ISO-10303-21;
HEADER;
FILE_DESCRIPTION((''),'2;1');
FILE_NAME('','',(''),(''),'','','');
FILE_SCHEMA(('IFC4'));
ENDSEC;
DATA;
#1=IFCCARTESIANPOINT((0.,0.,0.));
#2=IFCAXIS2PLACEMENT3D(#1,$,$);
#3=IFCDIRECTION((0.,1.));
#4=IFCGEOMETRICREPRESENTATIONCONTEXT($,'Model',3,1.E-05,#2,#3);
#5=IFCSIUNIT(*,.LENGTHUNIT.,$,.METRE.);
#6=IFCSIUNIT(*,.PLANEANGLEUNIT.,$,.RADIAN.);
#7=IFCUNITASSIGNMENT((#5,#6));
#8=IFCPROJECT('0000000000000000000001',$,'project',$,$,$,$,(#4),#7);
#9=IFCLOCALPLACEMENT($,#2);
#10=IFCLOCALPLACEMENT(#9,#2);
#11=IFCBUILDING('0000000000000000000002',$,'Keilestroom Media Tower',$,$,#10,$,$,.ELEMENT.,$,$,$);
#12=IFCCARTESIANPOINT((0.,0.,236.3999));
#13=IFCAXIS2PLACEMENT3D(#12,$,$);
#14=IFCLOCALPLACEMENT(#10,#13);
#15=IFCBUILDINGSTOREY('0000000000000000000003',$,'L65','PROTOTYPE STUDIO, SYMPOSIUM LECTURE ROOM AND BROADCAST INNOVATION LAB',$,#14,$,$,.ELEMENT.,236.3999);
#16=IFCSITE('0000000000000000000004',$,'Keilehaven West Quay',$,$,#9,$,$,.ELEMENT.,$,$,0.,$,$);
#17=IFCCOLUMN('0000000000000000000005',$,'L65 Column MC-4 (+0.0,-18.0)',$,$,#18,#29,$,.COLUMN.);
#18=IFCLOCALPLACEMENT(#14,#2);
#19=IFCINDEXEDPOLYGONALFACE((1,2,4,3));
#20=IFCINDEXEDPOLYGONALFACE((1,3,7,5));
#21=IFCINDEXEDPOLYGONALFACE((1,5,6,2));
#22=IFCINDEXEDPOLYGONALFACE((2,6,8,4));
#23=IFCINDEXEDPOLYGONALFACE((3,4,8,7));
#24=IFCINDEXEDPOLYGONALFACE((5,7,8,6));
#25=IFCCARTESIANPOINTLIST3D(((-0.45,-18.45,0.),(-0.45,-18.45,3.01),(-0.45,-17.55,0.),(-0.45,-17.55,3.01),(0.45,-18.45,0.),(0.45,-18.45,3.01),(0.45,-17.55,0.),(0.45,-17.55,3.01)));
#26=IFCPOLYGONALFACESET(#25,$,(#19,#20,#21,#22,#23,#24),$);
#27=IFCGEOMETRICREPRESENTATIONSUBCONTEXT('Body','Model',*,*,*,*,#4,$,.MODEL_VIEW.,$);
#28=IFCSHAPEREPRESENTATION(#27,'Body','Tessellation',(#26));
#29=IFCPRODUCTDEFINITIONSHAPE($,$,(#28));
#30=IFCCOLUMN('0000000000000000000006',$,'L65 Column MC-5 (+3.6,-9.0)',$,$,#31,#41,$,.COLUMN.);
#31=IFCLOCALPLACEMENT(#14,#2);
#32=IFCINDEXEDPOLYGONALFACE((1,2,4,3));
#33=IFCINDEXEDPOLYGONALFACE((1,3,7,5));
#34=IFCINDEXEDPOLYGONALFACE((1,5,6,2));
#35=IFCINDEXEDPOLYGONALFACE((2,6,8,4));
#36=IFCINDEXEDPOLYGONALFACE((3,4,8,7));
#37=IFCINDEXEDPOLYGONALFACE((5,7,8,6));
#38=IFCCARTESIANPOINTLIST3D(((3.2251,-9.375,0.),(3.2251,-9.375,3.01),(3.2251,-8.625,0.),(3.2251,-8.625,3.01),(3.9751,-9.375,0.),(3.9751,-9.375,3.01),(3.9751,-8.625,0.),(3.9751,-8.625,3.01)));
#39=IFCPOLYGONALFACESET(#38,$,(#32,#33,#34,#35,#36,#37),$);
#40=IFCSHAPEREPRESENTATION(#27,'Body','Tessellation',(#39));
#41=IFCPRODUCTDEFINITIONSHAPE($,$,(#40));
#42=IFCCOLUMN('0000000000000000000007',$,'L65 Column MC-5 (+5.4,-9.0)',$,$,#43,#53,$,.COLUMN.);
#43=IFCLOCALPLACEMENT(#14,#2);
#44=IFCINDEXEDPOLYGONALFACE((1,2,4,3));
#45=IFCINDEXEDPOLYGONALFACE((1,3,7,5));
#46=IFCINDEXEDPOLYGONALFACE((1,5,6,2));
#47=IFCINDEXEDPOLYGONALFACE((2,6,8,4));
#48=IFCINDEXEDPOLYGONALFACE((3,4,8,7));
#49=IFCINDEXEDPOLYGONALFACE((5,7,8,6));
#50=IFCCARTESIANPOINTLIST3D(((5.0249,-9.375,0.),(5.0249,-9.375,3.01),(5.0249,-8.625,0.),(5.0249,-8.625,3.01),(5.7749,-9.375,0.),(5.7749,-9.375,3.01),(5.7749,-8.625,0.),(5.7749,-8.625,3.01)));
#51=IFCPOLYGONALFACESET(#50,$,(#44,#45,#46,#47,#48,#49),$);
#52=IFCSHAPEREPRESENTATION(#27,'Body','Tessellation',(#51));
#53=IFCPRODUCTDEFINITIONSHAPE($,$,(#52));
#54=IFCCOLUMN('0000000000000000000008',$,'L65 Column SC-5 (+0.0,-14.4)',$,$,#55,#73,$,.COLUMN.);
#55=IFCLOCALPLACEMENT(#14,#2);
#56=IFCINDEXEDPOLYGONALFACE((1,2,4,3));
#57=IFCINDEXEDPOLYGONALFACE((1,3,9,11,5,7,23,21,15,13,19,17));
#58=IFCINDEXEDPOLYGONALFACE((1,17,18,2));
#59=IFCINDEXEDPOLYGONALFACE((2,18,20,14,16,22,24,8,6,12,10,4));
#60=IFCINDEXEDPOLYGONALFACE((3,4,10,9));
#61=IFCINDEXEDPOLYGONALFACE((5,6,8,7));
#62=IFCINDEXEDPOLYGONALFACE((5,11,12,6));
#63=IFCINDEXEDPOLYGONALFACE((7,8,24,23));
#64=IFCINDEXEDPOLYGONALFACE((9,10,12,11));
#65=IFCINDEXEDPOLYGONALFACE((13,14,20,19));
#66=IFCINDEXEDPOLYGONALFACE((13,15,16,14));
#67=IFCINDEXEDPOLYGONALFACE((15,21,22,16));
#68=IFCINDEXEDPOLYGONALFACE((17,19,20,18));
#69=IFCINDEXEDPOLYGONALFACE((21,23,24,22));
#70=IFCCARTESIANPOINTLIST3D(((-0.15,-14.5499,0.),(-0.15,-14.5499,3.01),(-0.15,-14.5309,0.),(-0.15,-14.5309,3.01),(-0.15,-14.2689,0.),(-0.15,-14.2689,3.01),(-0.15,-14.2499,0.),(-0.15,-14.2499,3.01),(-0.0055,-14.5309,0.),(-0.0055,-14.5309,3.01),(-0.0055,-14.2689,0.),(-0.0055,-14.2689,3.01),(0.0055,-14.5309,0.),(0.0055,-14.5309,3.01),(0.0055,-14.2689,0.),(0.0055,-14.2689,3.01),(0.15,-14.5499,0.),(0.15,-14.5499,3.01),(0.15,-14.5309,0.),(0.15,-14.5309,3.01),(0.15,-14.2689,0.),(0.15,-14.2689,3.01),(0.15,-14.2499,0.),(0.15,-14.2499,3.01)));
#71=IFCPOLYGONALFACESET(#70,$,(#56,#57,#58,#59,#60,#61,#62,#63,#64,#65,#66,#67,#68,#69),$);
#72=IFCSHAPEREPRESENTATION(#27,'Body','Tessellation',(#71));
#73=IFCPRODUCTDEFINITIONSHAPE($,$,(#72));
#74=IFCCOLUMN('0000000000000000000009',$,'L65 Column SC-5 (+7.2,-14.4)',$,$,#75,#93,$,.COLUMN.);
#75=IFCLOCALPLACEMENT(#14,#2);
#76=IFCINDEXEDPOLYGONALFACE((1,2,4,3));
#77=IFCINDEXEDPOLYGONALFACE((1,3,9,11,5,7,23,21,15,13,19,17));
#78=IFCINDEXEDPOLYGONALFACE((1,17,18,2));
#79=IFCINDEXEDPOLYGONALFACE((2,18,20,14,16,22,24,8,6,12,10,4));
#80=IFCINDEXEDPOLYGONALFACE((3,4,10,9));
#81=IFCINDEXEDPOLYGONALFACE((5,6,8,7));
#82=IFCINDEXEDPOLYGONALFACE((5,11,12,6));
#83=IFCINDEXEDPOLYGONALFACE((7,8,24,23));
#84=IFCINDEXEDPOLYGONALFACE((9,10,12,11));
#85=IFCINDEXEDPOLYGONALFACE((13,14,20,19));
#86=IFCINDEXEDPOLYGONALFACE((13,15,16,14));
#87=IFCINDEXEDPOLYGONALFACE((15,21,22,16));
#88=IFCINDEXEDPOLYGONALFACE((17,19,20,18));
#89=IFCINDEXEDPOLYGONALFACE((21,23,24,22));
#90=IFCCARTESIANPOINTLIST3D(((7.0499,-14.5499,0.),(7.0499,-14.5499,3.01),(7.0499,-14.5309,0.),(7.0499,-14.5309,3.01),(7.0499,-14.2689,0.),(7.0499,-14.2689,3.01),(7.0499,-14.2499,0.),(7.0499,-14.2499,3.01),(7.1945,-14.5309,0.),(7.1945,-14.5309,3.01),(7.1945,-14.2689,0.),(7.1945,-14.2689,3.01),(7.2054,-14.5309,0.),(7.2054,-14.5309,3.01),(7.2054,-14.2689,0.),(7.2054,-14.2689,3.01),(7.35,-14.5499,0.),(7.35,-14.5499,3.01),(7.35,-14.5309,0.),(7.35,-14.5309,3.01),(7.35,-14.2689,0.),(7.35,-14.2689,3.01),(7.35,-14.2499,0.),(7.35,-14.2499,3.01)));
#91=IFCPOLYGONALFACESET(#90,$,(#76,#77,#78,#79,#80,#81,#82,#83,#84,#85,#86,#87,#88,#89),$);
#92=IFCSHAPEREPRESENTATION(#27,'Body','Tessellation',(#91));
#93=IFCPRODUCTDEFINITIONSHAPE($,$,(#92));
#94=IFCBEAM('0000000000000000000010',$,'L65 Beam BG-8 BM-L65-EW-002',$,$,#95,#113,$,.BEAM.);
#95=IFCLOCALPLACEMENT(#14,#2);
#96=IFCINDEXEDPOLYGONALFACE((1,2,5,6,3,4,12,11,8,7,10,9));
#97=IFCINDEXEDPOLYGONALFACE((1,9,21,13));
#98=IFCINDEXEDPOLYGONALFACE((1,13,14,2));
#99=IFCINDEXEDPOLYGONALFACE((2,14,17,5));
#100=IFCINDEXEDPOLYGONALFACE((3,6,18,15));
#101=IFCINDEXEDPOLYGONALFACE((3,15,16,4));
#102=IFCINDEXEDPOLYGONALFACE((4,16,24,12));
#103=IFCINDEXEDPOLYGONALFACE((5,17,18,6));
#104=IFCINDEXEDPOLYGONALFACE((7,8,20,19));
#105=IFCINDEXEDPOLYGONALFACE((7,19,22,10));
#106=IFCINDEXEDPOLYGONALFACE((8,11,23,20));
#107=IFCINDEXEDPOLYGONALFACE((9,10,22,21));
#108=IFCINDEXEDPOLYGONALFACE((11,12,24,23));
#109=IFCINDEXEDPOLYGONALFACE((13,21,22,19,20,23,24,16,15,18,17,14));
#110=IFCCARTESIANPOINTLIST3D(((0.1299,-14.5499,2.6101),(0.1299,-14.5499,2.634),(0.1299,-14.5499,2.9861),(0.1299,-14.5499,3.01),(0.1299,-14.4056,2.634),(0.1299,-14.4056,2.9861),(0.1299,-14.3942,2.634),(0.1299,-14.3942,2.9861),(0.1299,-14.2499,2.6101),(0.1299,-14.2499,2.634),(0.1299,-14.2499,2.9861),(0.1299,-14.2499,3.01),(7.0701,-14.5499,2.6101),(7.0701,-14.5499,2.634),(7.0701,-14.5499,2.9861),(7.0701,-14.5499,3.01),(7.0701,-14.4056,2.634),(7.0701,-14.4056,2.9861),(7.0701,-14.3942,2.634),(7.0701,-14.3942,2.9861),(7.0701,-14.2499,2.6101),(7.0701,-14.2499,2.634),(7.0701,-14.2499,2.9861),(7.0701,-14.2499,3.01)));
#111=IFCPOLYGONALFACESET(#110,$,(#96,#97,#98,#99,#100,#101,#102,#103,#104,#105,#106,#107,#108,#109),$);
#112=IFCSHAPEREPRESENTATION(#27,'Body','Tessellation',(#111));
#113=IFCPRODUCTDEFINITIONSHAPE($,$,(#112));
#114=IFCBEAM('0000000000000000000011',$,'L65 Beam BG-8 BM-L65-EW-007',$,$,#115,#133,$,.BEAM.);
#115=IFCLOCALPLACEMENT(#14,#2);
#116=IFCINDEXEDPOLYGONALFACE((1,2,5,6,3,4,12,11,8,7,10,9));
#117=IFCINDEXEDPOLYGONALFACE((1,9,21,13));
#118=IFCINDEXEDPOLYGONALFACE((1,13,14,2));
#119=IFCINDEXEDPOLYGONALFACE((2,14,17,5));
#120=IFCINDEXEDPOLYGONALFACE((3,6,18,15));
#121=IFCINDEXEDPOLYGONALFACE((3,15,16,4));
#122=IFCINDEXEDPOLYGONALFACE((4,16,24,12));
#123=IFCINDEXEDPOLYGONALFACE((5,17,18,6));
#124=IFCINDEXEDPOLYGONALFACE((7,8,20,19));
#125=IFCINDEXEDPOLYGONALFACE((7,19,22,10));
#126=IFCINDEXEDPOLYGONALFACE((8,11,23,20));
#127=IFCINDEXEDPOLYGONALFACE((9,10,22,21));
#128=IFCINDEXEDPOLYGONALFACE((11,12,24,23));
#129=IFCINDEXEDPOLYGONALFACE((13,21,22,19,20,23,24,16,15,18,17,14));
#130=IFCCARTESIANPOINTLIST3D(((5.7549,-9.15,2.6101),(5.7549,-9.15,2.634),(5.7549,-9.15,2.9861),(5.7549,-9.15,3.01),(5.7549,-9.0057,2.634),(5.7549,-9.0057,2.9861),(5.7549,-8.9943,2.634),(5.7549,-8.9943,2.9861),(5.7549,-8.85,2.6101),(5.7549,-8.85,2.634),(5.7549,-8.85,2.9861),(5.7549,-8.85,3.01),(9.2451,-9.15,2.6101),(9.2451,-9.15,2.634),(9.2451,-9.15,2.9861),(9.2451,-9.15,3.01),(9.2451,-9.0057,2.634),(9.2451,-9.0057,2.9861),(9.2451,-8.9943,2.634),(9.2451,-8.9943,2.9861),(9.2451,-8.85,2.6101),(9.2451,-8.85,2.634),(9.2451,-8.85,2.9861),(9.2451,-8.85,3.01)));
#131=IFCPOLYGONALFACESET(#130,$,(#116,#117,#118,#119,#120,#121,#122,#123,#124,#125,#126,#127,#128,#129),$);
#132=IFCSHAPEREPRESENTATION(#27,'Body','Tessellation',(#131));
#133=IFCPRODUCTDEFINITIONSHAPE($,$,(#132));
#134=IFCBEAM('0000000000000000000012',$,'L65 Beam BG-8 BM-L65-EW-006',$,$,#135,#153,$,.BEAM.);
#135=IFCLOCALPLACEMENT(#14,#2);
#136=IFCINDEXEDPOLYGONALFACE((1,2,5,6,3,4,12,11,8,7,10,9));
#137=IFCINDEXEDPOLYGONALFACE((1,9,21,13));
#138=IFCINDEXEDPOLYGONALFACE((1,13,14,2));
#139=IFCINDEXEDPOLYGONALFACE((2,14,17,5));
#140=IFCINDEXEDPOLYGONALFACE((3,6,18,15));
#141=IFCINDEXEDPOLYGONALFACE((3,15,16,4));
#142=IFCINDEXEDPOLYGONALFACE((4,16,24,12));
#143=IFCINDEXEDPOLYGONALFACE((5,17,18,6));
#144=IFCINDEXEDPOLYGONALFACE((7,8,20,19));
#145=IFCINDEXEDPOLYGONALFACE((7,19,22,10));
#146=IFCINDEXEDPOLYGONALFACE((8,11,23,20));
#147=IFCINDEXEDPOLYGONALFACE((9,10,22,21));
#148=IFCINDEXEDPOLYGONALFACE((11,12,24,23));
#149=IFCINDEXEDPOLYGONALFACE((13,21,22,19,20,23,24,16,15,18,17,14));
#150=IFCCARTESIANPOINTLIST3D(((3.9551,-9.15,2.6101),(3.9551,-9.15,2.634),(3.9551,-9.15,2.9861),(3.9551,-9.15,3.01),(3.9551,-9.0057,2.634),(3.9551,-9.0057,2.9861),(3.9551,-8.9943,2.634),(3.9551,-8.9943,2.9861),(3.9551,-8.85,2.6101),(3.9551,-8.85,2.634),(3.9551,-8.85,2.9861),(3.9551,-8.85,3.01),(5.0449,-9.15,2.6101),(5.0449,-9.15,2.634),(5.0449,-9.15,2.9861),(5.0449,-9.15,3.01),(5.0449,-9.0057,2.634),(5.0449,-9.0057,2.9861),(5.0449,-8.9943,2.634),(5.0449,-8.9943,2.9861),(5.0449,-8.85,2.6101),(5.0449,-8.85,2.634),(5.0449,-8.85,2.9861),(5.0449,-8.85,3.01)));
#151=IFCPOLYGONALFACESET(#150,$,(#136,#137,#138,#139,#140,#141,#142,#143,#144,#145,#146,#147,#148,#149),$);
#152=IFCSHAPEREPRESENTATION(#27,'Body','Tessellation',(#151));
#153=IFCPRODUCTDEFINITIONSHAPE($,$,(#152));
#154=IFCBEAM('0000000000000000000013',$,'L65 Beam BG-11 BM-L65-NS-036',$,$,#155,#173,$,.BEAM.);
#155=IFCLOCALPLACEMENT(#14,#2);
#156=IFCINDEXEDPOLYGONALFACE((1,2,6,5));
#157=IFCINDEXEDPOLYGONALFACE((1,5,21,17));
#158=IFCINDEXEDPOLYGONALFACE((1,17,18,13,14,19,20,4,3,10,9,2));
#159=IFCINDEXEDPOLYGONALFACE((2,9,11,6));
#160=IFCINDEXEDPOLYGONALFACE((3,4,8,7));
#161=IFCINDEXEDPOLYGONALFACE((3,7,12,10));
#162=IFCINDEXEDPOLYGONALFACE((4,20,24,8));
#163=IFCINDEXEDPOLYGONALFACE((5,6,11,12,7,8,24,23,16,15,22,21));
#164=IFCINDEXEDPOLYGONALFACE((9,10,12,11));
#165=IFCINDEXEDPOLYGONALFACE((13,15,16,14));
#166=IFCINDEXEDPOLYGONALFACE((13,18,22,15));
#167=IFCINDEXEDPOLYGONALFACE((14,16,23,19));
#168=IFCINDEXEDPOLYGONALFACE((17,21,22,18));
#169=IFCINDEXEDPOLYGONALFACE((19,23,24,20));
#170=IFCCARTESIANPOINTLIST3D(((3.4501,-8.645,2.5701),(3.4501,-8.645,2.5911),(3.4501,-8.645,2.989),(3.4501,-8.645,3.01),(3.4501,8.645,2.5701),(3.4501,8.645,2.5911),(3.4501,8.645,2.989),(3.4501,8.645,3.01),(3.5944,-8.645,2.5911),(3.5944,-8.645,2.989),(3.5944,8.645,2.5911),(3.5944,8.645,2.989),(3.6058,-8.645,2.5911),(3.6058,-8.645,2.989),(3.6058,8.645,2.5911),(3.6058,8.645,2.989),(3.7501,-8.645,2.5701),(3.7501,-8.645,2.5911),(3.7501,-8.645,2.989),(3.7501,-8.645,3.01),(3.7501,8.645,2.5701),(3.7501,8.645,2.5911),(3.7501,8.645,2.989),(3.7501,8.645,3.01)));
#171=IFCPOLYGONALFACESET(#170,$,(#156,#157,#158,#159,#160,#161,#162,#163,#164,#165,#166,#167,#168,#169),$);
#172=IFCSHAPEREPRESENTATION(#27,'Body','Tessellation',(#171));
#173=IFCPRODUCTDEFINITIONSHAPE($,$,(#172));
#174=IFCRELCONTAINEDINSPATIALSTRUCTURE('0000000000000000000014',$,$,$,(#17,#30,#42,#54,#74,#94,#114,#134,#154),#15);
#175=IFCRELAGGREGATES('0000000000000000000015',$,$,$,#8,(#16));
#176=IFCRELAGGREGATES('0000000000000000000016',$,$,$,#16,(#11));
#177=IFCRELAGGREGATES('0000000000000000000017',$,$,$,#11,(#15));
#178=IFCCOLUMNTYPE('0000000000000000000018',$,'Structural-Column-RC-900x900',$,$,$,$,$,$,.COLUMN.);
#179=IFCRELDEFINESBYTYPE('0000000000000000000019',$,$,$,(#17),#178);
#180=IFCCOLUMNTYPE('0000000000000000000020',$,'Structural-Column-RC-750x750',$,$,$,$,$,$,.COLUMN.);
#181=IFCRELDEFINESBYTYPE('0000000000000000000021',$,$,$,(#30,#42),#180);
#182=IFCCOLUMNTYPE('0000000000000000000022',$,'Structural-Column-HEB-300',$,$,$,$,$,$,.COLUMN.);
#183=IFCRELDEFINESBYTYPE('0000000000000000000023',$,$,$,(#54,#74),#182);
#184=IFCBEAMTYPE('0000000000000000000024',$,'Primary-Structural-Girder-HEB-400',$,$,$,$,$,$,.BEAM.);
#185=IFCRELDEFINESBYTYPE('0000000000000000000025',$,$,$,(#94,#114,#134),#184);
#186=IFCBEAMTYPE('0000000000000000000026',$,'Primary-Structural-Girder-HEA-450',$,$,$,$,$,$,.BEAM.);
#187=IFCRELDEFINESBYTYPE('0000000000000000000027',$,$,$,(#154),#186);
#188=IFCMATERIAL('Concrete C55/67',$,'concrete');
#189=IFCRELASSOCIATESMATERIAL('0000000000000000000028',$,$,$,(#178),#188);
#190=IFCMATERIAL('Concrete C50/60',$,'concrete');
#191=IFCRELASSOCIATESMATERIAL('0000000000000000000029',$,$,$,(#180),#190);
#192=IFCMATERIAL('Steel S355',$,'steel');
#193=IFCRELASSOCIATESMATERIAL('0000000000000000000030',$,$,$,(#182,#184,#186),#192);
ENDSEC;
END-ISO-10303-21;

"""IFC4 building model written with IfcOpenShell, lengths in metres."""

from ifc_helpers import new_model, si_unit, direction, frame, origin, origin_2d, place, context, subcontext, project, spatial, rectangle, i_section, extrude, source, transform, mapped, material, material_profile, profile_set, type_object, element, save


model = new_model("IFC4")

# Units and contexts
model_context = context("Model", 3, precision=1e-05, world=origin(), true_north=direction((0.0, 1.0)))
body_context = subcontext(model_context, "Body", "Model", "MODEL_VIEW")
ifc_project = project(units=[si_unit("LENGTHUNIT", "METRE"), si_unit("PLANEANGLEUNIT", "RADIAN")], contexts=[model_context])

# Site, building, storey
site_placement = place(None, origin())
site = spatial("IfcSite", under=ifc_project, at=site_placement, Name="Keilehaven West Quay", CompositionType="ELEMENT", RefElevation=0.0)
building_placement = place(site_placement, origin())
building = spatial("IfcBuilding", under=site, at=building_placement, Name="Keilestroom Media Tower", CompositionType="ELEMENT")
storey_placement = place(building_placement, frame((0.0, 0.0, 236.3999)))
storey = spatial("IfcBuildingStorey", under=building, at=storey_placement, Name="L65", Description="PROTOTYPE STUDIO, SYMPOSIUM LECTURE ROOM AND BROADCAST INNOVATION LAB", CompositionType="ELEMENT", Elevation=236.3999)

# Columns
ifc_material_1 = material(Name="Concrete C55/67", Category="concrete")
ifc_material_profile_1 = material_profile(ifc_material_1, rectangle(XDim=0.8999, YDim=0.8999, at=origin_2d()), Name="RC 900x900")
ifc_profile_set_1 = profile_set([ifc_material_profile_1], Name="Concrete C55/67")
column_type_1 = type_object("IfcColumnType", Name="Structural-Column-RC-900x900", PredefinedType="COLUMN", material=ifc_profile_set_1)
shared_shape_1 = source(origin(), body_context, "Body", "SweptSolid", [
    extrude(rectangle(XDim=0.8999, YDim=0.8999, at=origin_2d()), origin(), (0.0, 0.0, 1.0), 3.01),
])
column_placement = place(storey_placement, frame((0.0, -18.0, 0.0), z_axis=(0.0, 0.0, 1.0), x_axis=(1.0, 0.0, 0.0)))
element("IfcColumn", 1, at=column_placement, inside=storey, type_object=column_type_1, Name="L65 Column MC-4 (+0.0,-18.0)", PredefinedType="COLUMN", context=body_context, shape_type="MappedRepresentation", body=[
    mapped(shared_shape_1, transform((0.0, 0.0, 0.0), x_axis=(1.0, 0.0, 0.0), y_axis=(0.0, 1.0, 0.0), z_axis=(0.0, 0.0, 1.0), scale=1.0)),
])
ifc_material_2 = material(Name="Concrete C50/60", Category="concrete")
ifc_material_profile_2 = material_profile(ifc_material_2, rectangle(XDim=0.75, YDim=0.75, at=origin_2d()), Name="RC 750x750")
ifc_profile_set_2 = profile_set([ifc_material_profile_2], Name="Concrete C50/60")
column_type_2 = type_object("IfcColumnType", Name="Structural-Column-RC-750x750", PredefinedType="COLUMN", material=ifc_profile_set_2)
shared_shape_2 = source(origin(), body_context, "Body", "SweptSolid", [
    extrude(rectangle(XDim=0.75, YDim=0.75, at=origin_2d()), origin(), (0.0, 0.0, 1.0), 3.01),
])
for number, where, z_axis, x_axis, name in (
    (2, (3.6001, -9.0, 0.0), (0.0, 0.0, 1.0), (1.0, 0.0, 0.0), "L65 Column MC-5 (+3.6,-9.0)"),
    (3, (5.3999, -9.0, 0.0), (0.0, 0.0, 1.0), (1.0, 0.0, 0.0), "L65 Column MC-5 (+5.4,-9.0)"),
):
    element("IfcColumn", number, at=place(storey_placement, frame(where, z_axis=z_axis, x_axis=x_axis)), inside=storey, type_object=column_type_2, Name=name, PredefinedType="COLUMN", context=body_context, shape_type="MappedRepresentation", body=[
        mapped(shared_shape_2, transform((0.0, 0.0, 0.0), x_axis=(1.0, 0.0, 0.0), y_axis=(0.0, 1.0, 0.0), z_axis=(0.0, 0.0, 1.0), scale=1.0)),
    ])
ifc_material_3 = material(Name="Steel S355", Category="steel")
ifc_material_profile_3 = material_profile(ifc_material_3, i_section(OverallWidth=0.3, OverallDepth=0.3, WebThickness=0.011, FlangeThickness=0.019, at=origin_2d()), Name="HEB 300")
ifc_profile_set_3 = profile_set([ifc_material_profile_3], Name="Steel S355")
column_type_3 = type_object("IfcColumnType", Name="Structural-Column-HEB-300", PredefinedType="COLUMN", material=ifc_profile_set_3)
shared_shape_3 = source(origin(), body_context, "Body", "SweptSolid", [
    extrude(i_section(OverallWidth=0.3, OverallDepth=0.3, WebThickness=0.011, FlangeThickness=0.019, at=origin_2d()), origin(), (0.0, 0.0, 1.0), 3.01),
])
for number, where, z_axis, x_axis, name in (
    (4, (0.0, -14.3999, 0.0), (0.0, 0.0, 1.0), (1.0, 0.0, 0.0), "L65 Column SC-5 (+0.0,-14.4)"),
    (5, (7.2, -14.3999, 0.0), (0.0, 0.0, 1.0), (1.0, 0.0, 0.0), "L65 Column SC-5 (+7.2,-14.4)"),
):
    element("IfcColumn", number, at=place(storey_placement, frame(where, z_axis=z_axis, x_axis=x_axis)), inside=storey, type_object=column_type_3, Name=name, PredefinedType="COLUMN", context=body_context, shape_type="MappedRepresentation", body=[
        mapped(shared_shape_3, transform((0.0, 0.0, 0.0), x_axis=(1.0, 0.0, 0.0), y_axis=(0.0, 1.0, 0.0), z_axis=(0.0, 0.0, 1.0), scale=1.0)),
    ])

# Beams
ifc_material_profile_4 = material_profile(ifc_material_3, i_section(OverallWidth=0.3, OverallDepth=0.3999, WebThickness=0.0115, FlangeThickness=0.0239, at=origin_2d()), Name="HEB 400")
ifc_profile_set_4 = profile_set([ifc_material_profile_4], Name="Steel S355")
beam_type_1 = type_object("IfcBeamType", Name="Primary-Structural-Girder-HEB-400", PredefinedType="BEAM", material=ifc_profile_set_4)
shared_shape_4 = source(origin(), body_context, "Body", "SweptSolid", [
    extrude(i_section(OverallWidth=0.3, OverallDepth=0.3999, WebThickness=0.0115, FlangeThickness=0.0239, at=origin_2d()), origin(), (0.0, 0.0, 1.0), 6.9402),
])
beam_1_placement = place(storey_placement, frame((0.1299, -14.3999, 2.8101), z_axis=(1.0, 0.0, 0.0), x_axis=(0.0, 1.0, 0.0)))
element("IfcBeam", 6, at=beam_1_placement, inside=storey, type_object=beam_type_1, Name="L65 Beam BG-8 BM-L65-EW-002", PredefinedType="BEAM", context=body_context, shape_type="MappedRepresentation", body=[
    mapped(shared_shape_4, transform((0.0, 0.0, 0.0), x_axis=(1.0, 0.0, 0.0), y_axis=(0.0, 1.0, 0.0), z_axis=(0.0, 0.0, 1.0), scale=1.0)),
])
shared_shape_5 = source(origin(), body_context, "Body", "SweptSolid", [
    extrude(i_section(OverallWidth=0.3, OverallDepth=0.3999, WebThickness=0.0115, FlangeThickness=0.0239, at=origin_2d()), origin(), (0.0, 0.0, 1.0), 3.4902),
])
beam_2_placement = place(storey_placement, frame((5.7549, -9.0, 2.8101), z_axis=(1.0, 0.0, 0.0), x_axis=(0.0, 1.0, 0.0)))
element("IfcBeam", 7, at=beam_2_placement, inside=storey, type_object=beam_type_1, Name="L65 Beam BG-8 BM-L65-EW-007", PredefinedType="BEAM", context=body_context, shape_type="MappedRepresentation", body=[
    mapped(shared_shape_5, transform((0.0, 0.0, 0.0), x_axis=(1.0, 0.0, 0.0), y_axis=(0.0, 1.0, 0.0), z_axis=(0.0, 0.0, 1.0), scale=1.0)),
])
shared_shape_6 = source(origin(), body_context, "Body", "SweptSolid", [
    extrude(i_section(OverallWidth=0.3, OverallDepth=0.3999, WebThickness=0.0115, FlangeThickness=0.0239, at=origin_2d()), origin(), (0.0, 0.0, 1.0), 1.0898),
])
beam_3_placement = place(storey_placement, frame((3.9551, -9.0, 2.8101), z_axis=(1.0, 0.0, 0.0), x_axis=(0.0, 1.0, 0.0)))
element("IfcBeam", 8, at=beam_3_placement, inside=storey, type_object=beam_type_1, Name="L65 Beam BG-8 BM-L65-EW-006", PredefinedType="BEAM", context=body_context, shape_type="MappedRepresentation", body=[
    mapped(shared_shape_6, transform((0.0, 0.0, 0.0), x_axis=(1.0, 0.0, 0.0), y_axis=(0.0, 1.0, 0.0), z_axis=(0.0, 0.0, 1.0), scale=1.0)),
])
ifc_material_profile_5 = material_profile(ifc_material_3, i_section(OverallWidth=0.3, OverallDepth=0.4399, WebThickness=0.0115, FlangeThickness=0.021, at=origin_2d()), Name="HEA 450")
ifc_profile_set_5 = profile_set([ifc_material_profile_5], Name="Steel S355")
beam_type_2 = type_object("IfcBeamType", Name="Primary-Structural-Girder-HEA-450", PredefinedType="BEAM", material=ifc_profile_set_5)
shared_shape_7 = source(origin(), body_context, "Body", "SweptSolid", [
    extrude(i_section(OverallWidth=0.3, OverallDepth=0.4399, WebThickness=0.0115, FlangeThickness=0.021, at=origin_2d()), origin(), (0.0, 0.0, 1.0), 17.29),
])
beam_4_placement = place(storey_placement, frame((3.6001, -8.645, 2.79), z_axis=(0.0, 1.0, 0.0), x_axis=(-1.0, 0.0, 0.0)))
element("IfcBeam", 9, at=beam_4_placement, inside=storey, type_object=beam_type_2, Name="L65 Beam BG-11 BM-L65-NS-036", PredefinedType="BEAM", context=body_context, shape_type="MappedRepresentation", body=[
    mapped(shared_shape_7, transform((0.0, 0.0, 0.0), x_axis=(1.0, 0.0, 0.0), y_axis=(0.0, 1.0, 0.0), z_axis=(0.0, 0.0, 1.0), scale=1.0)),
])

save(model, "model.ifc")
